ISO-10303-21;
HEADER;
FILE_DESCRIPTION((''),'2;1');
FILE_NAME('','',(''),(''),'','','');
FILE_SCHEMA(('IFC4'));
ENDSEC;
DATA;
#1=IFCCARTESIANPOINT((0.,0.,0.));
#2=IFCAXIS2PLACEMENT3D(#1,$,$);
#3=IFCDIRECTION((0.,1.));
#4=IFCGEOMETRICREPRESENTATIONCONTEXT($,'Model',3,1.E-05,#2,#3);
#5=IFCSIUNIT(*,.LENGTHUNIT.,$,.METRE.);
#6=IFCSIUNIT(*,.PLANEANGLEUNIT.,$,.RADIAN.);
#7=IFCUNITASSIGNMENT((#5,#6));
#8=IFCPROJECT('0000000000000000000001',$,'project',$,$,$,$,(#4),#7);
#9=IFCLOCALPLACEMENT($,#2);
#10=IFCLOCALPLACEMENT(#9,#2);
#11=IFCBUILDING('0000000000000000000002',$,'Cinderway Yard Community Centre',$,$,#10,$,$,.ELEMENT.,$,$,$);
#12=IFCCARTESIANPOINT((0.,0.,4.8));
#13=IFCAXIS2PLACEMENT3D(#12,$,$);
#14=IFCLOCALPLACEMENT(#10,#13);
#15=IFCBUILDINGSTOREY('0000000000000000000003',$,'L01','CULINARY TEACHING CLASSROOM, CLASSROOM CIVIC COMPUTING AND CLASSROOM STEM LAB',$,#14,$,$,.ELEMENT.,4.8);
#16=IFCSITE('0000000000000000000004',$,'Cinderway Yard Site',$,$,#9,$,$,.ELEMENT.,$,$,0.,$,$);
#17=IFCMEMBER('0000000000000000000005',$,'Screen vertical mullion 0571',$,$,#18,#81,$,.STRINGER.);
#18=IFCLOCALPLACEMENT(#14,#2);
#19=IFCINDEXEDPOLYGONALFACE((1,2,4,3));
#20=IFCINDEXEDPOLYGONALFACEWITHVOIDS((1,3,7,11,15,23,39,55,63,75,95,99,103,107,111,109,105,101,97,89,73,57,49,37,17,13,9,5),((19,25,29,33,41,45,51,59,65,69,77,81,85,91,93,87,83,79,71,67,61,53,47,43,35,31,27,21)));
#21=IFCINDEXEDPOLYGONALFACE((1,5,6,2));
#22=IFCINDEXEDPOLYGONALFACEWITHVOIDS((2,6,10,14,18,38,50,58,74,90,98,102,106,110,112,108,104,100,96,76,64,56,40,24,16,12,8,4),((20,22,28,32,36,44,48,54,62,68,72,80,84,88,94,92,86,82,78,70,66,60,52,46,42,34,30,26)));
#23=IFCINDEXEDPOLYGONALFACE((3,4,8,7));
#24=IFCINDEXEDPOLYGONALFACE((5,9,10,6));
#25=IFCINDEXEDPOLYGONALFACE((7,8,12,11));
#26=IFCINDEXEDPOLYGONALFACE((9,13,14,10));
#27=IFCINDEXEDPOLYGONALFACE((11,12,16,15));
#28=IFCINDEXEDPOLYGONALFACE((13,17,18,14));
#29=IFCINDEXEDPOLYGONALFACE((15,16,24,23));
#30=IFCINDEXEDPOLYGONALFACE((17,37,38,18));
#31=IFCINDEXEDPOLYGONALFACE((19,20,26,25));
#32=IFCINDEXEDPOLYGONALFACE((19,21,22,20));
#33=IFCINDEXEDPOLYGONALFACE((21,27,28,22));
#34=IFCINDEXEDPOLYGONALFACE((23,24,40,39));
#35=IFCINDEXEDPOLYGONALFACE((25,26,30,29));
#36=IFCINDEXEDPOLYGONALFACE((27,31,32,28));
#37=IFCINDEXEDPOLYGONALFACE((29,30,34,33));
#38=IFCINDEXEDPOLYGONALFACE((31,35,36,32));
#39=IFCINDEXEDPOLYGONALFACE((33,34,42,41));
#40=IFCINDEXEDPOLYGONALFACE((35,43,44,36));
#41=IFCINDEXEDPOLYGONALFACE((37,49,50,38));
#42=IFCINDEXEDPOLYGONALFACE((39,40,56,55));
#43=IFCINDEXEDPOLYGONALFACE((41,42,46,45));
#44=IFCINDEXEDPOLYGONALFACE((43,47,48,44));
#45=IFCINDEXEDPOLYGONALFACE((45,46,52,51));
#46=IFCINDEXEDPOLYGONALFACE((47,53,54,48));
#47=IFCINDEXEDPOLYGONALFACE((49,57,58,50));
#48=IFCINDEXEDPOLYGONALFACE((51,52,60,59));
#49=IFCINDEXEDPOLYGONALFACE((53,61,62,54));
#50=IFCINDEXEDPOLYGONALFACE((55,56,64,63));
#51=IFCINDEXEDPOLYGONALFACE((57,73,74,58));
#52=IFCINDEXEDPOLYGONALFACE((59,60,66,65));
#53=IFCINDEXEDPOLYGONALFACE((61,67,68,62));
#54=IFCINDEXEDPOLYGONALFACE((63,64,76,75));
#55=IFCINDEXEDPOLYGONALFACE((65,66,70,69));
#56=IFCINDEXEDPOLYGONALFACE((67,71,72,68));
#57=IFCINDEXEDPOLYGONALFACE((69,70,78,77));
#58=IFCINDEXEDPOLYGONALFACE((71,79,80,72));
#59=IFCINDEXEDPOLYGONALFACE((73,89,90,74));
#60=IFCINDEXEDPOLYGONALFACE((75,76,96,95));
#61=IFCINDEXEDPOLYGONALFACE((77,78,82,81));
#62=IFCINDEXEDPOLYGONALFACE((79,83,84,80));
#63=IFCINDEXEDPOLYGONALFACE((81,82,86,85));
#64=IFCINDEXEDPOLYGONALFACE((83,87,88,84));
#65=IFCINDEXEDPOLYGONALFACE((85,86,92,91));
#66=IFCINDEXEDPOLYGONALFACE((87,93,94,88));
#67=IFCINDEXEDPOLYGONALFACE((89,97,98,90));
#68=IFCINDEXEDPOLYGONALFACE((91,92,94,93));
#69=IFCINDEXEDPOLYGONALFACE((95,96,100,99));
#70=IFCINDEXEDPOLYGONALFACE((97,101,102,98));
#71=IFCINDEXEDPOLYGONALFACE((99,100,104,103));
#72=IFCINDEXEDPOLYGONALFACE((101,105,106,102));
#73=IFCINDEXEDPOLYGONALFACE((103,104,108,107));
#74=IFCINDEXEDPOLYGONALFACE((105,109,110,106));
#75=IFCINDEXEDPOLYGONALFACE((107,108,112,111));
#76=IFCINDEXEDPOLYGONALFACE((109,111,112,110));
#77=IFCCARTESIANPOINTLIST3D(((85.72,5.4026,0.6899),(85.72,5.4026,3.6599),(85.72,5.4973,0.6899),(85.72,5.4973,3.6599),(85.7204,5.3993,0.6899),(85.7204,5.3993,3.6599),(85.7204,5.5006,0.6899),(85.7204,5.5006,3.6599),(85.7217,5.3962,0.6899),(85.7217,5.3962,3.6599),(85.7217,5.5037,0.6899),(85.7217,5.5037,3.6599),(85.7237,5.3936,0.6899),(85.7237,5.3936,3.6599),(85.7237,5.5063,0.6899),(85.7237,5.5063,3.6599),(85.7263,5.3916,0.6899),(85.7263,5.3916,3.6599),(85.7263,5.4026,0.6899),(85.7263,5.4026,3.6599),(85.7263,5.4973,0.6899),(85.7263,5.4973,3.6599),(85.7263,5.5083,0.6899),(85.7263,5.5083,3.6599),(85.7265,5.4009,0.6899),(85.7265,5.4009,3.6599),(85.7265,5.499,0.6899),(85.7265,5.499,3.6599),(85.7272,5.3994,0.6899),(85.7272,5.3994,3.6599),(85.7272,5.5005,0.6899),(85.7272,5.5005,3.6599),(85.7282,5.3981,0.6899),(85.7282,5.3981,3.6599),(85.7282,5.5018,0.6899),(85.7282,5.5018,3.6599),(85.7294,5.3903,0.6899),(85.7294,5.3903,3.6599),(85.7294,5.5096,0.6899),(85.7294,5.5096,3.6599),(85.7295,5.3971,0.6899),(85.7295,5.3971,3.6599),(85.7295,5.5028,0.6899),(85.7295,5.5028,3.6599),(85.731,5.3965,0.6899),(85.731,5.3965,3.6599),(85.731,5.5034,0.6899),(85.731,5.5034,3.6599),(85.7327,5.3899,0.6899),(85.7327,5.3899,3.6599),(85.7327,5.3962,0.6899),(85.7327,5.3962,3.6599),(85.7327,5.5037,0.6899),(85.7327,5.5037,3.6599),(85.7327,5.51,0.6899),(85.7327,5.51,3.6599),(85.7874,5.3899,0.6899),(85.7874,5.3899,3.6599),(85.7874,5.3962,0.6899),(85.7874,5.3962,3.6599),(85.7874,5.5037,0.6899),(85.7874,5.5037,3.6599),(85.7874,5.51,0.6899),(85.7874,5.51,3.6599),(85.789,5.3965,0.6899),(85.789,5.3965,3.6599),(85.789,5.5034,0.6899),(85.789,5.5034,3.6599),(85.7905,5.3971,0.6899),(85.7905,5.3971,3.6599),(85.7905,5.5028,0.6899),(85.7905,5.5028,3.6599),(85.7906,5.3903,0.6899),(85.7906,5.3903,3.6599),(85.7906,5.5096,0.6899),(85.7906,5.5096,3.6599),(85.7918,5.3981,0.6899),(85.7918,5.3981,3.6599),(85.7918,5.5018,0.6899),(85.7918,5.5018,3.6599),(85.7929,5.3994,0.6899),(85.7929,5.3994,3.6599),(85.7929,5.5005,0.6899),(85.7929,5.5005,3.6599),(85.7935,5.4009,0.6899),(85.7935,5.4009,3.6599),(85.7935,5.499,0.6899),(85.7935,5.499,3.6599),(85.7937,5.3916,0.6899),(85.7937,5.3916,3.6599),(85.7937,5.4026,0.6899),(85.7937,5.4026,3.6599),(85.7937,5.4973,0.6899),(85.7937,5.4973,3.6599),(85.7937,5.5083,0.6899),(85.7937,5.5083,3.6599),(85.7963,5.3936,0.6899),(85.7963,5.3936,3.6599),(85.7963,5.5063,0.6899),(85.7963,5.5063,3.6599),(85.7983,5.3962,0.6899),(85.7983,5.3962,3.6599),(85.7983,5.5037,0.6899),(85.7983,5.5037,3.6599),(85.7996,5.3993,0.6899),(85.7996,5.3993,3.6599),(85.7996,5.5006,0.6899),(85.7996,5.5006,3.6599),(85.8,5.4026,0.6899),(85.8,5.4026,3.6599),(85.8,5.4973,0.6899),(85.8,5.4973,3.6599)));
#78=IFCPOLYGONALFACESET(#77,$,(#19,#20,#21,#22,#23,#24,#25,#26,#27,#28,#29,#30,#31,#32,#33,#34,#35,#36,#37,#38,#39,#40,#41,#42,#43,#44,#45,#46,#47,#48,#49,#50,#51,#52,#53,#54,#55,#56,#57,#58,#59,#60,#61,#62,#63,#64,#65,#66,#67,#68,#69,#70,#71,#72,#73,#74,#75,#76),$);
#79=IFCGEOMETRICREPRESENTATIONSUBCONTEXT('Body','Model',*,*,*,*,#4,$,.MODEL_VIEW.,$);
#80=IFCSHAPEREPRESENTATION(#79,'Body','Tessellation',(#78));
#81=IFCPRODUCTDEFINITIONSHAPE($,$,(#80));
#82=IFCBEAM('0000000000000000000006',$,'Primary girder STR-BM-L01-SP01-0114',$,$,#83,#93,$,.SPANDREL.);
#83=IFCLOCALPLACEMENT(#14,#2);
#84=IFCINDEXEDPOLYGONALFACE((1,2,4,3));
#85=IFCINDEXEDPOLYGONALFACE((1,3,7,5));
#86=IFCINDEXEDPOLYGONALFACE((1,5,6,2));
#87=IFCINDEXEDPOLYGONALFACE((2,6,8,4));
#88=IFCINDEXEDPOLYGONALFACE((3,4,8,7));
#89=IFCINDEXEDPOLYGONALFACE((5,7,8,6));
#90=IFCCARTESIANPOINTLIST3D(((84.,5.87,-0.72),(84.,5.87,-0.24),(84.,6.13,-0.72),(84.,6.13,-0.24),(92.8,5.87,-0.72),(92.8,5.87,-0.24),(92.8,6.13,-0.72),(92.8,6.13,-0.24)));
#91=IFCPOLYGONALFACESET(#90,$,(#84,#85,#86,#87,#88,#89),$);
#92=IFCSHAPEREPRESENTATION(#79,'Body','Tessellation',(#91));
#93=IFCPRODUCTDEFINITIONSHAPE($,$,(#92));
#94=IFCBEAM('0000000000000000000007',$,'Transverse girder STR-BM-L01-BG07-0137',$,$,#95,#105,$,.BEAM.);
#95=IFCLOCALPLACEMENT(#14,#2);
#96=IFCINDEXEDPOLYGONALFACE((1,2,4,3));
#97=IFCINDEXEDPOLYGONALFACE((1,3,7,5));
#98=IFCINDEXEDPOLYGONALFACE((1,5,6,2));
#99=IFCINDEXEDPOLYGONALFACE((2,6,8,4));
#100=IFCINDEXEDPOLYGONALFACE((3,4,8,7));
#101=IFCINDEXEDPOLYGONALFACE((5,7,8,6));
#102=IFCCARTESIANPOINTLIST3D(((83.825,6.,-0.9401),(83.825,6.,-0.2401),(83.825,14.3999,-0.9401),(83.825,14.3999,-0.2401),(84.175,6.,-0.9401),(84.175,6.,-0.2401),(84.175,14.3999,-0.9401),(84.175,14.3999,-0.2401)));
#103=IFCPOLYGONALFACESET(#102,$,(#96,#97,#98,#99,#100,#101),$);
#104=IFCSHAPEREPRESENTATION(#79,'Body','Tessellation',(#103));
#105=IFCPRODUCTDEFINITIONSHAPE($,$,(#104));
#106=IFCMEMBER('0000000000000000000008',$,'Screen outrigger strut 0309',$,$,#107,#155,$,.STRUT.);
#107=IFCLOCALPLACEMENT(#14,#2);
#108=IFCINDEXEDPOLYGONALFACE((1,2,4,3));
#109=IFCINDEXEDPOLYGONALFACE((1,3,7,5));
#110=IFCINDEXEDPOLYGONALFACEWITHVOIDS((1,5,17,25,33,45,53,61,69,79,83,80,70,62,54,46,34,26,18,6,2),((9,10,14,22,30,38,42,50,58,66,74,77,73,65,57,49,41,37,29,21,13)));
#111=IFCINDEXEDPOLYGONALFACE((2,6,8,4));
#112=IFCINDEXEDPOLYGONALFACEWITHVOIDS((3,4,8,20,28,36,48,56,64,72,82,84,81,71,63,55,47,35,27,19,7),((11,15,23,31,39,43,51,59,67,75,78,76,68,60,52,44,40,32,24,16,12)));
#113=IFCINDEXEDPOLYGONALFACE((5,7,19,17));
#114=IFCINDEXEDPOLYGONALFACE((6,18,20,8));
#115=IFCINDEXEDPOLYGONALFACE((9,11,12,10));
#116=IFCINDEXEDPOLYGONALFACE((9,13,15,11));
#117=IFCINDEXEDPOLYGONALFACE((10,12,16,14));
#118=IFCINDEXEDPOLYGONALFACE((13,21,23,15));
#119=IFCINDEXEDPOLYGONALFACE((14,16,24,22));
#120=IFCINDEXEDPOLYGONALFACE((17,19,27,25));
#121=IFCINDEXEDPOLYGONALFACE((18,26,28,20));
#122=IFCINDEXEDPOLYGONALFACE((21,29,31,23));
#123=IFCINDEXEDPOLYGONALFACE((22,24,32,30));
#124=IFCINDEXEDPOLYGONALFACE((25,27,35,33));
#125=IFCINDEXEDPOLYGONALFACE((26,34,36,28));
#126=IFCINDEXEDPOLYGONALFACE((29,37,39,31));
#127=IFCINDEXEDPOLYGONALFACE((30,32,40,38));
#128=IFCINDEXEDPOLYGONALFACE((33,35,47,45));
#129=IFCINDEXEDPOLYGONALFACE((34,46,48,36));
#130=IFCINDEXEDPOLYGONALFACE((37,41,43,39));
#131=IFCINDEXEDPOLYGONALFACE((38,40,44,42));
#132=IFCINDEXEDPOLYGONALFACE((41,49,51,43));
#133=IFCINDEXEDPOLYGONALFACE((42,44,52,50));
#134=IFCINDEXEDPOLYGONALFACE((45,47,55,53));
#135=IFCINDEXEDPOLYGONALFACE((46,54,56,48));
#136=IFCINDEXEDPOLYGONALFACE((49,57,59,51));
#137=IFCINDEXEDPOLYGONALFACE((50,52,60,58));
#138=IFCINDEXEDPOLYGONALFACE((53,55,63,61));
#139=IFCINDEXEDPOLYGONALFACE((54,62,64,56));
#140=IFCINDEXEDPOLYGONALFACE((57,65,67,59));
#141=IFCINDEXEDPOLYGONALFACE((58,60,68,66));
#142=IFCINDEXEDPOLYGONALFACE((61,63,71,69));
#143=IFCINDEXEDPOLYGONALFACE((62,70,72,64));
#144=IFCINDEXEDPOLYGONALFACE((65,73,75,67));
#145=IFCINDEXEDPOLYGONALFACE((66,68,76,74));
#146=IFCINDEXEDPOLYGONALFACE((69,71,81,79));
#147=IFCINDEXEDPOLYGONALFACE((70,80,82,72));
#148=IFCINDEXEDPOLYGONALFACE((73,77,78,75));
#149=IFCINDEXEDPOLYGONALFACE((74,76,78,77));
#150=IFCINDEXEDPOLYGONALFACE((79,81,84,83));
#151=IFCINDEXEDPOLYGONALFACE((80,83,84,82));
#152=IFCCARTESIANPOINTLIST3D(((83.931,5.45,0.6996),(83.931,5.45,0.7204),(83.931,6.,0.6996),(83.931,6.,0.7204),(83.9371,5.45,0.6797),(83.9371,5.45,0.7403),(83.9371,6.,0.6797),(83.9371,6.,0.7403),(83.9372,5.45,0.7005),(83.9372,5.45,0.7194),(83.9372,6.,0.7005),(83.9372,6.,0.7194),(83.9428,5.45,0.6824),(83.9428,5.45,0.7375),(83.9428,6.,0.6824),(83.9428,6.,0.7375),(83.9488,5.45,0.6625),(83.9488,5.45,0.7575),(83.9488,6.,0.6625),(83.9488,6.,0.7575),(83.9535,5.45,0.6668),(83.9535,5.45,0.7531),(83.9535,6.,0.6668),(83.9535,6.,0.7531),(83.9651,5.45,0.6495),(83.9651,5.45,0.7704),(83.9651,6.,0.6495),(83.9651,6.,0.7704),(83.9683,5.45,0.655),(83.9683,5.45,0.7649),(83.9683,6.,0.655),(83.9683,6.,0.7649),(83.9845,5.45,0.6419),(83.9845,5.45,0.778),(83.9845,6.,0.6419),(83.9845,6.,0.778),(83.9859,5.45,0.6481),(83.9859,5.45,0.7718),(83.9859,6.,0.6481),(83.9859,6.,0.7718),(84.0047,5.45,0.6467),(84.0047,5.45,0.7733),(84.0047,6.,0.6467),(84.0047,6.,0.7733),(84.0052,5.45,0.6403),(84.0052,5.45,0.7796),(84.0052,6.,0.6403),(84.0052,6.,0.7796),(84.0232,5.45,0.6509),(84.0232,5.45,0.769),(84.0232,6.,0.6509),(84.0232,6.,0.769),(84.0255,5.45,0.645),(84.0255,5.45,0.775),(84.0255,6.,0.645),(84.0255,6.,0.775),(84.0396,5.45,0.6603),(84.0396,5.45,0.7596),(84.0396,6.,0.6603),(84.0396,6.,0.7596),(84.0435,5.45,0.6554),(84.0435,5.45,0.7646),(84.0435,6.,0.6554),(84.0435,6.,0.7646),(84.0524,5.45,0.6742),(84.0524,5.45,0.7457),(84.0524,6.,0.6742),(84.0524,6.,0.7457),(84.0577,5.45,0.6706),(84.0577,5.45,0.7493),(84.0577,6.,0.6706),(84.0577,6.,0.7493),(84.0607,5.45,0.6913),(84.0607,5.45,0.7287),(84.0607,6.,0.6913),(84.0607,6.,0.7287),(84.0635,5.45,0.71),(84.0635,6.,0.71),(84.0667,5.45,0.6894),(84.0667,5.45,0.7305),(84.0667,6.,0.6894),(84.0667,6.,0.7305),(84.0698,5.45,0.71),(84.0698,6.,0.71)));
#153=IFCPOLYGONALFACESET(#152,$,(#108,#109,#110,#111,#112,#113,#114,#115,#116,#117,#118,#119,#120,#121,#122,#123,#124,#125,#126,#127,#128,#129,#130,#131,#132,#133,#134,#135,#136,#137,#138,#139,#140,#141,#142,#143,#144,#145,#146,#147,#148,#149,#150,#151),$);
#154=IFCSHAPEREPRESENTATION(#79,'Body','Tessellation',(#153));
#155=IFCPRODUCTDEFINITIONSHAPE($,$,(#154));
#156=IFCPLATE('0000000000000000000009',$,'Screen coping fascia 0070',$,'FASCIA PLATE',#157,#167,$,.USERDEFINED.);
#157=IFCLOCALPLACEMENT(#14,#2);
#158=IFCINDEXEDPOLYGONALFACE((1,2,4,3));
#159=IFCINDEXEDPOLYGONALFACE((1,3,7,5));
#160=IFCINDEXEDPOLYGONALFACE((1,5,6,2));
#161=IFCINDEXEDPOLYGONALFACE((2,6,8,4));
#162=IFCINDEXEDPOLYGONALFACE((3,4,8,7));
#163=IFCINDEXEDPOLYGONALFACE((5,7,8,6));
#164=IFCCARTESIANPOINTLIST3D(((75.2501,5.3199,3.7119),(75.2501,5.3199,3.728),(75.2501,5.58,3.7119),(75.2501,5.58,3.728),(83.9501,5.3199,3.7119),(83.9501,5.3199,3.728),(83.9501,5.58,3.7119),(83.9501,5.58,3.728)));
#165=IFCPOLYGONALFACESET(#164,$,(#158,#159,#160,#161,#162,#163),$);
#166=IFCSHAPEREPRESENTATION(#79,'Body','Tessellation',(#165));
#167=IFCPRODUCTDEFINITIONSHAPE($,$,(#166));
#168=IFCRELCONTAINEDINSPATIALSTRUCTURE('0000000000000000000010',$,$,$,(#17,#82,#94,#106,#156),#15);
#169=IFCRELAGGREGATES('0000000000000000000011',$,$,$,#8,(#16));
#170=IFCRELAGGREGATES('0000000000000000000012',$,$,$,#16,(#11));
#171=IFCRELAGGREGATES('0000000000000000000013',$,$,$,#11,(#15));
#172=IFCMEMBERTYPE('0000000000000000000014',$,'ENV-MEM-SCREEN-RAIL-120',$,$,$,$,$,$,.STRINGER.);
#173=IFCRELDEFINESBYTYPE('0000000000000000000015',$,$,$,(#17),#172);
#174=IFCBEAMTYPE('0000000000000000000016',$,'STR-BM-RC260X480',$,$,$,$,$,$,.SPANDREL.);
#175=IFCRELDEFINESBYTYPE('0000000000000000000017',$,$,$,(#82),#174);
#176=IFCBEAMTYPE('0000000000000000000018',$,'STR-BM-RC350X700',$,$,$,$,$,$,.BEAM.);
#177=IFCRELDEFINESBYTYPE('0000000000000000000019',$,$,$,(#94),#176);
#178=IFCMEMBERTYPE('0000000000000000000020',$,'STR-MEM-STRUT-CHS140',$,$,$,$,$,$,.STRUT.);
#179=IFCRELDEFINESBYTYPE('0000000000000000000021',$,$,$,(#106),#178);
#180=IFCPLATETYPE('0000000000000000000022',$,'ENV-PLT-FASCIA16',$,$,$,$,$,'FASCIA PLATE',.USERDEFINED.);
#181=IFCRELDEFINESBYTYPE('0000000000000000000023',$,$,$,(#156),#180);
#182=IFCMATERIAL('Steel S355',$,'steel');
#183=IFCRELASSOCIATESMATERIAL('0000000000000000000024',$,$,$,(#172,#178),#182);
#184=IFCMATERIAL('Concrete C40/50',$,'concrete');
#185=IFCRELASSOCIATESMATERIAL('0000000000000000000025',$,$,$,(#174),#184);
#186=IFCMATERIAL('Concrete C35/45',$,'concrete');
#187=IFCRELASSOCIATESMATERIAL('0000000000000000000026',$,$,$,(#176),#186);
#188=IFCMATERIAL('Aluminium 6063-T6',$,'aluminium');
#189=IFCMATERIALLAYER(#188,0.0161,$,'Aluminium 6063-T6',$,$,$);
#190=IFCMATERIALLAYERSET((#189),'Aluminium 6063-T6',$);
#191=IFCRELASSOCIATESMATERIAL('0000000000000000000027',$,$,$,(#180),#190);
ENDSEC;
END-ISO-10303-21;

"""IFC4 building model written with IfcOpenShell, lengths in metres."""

from ifc_helpers import new_model, si_unit, direction, frame, origin, origin_2d, place, context, subcontext, project, spatial, rectangle, hollow_rectangle, hollow_circle, extrude, material, layer, layer_set, material_profile, profile_set, type_object, element, save


model = new_model("IFC4")

# Units and contexts
model_context = context("Model", 3, precision=1e-05, world=origin(), true_north=direction((0.0, 1.0)))
body_context = subcontext(model_context, "Body", "Model", "MODEL_VIEW")
ifc_project = project(units=[si_unit("LENGTHUNIT", "METRE"), si_unit("PLANEANGLEUNIT", "RADIAN")], contexts=[model_context])

# Site, building, storey
site_placement = place(None, origin())
site = spatial("IfcSite", under=ifc_project, at=site_placement, Name="Cinderway Yard Site", CompositionType="ELEMENT", RefElevation=0.0)
building_placement = place(site_placement, origin())
building = spatial("IfcBuilding", under=site, at=building_placement, Name="Cinderway Yard Community Centre", CompositionType="ELEMENT")
storey_placement = place(building_placement, frame((0.0, 0.0, 4.8)))
storey = spatial("IfcBuildingStorey", under=building, at=storey_placement, Name="L01", Description="CULINARY TEACHING CLASSROOM, CLASSROOM CIVIC COMPUTING AND CLASSROOM STEM LAB", CompositionType="ELEMENT", Elevation=4.8)

# Shared definitions
ifc_material_1 = material(Name="Concrete C40/50", Category="concrete")

# Member
ifc_material_2 = material(Name="Steel S355", Category="steel")
ifc_material_profile_1 = material_profile(ifc_material_2, hollow_rectangle(XDim=0.0801, YDim=0.1201, WallThickness=0.0063, InnerFilletRadius=0.0063, OuterFilletRadius=0.0127, at=origin_2d()), Name="Steel S355")
ifc_profile_set_1 = profile_set([ifc_material_profile_1], Name="Steel S355")
member_type_1 = type_object("IfcMemberType", Name="ENV-MEM-SCREEN-RAIL-120", PredefinedType="STRINGER", material=ifc_profile_set_1)
member_1_placement = place(storey_placement, frame((85.76, 5.45, 0.6899), z_axis=(0.0, 0.0, 1.0), x_axis=(1.0, 0.0, 0.0)))
element("IfcMember", 1, at=member_1_placement, inside=storey, type_object=member_type_1, Name="Screen vertical mullion 0571", PredefinedType="STRINGER", context=body_context, shape_type="SweptSolid", body=[
    extrude(hollow_rectangle(XDim=0.0801, YDim=0.1201, WallThickness=0.0063, InnerFilletRadius=0.0063, OuterFilletRadius=0.0127, at=origin_2d()), origin(), (0.0, 0.0, 1.0), 2.97),
])

# Beams
ifc_material_profile_2 = material_profile(ifc_material_1, rectangle(XDim=0.26, YDim=0.48, at=origin_2d()), Name="Concrete C40/50")
ifc_profile_set_2 = profile_set([ifc_material_profile_2], Name="Concrete C40/50")
beam_type_1 = type_object("IfcBeamType", Name="STR-BM-RC260X480", PredefinedType="SPANDREL", material=ifc_profile_set_2)
beam_1_placement = place(storey_placement, frame((84.0, 6.0, -0.48), z_axis=(1.0, 0.0, 0.0), x_axis=(0.0, 1.0, 0.0)))
element("IfcBeam", 2, at=beam_1_placement, inside=storey, type_object=beam_type_1, Name="Primary girder STR-BM-L01-SP01-0114", PredefinedType="SPANDREL", context=body_context, shape_type="SweptSolid", body=[
    extrude(rectangle(XDim=0.26, YDim=0.48, at=origin_2d()), origin(), (0.0, 0.0, 1.0), 8.8),
])
ifc_material_3 = material(Name="Concrete C35/45", Category="concrete")
ifc_material_profile_3 = material_profile(ifc_material_3, rectangle(XDim=0.3501, YDim=0.7, at=origin_2d()), Name="Concrete C35/45")
ifc_profile_set_3 = profile_set([ifc_material_profile_3], Name="Concrete C35/45")
beam_type_2 = type_object("IfcBeamType", Name="STR-BM-RC350X700", PredefinedType="BEAM", material=ifc_profile_set_3)
beam_2_placement = place(storey_placement, frame((84.0, 6.0, -0.5901), z_axis=(0.0, 1.0, 0.0), x_axis=(-1.0, 0.0, 0.0)))
element("IfcBeam", 3, at=beam_2_placement, inside=storey, type_object=beam_type_2, Name="Transverse girder STR-BM-L01-BG07-0137", PredefinedType="BEAM", context=body_context, shape_type="SweptSolid", body=[
    extrude(rectangle(XDim=0.3501, YDim=0.7, at=origin_2d()), origin(), (0.0, 0.0, 1.0), 8.3999),
])

# Member
ifc_material_profile_4 = material_profile(ifc_material_2, hollow_circle(Radius=0.0698, WallThickness=0.0063, at=origin_2d()), Name="Steel S355")
ifc_profile_set_4 = profile_set([ifc_material_profile_4], Name="Steel S355")
member_type_2 = type_object("IfcMemberType", Name="STR-MEM-STRUT-CHS140", PredefinedType="STRUT", material=ifc_profile_set_4)
member_2_placement = place(storey_placement, frame((84.0, 6.0, 0.71), z_axis=(0.0, -1.0, 0.0), x_axis=(1.0, 0.0, 0.0)))
element("IfcMember", 4, at=member_2_placement, inside=storey, type_object=member_type_2, Name="Screen outrigger strut 0309", PredefinedType="STRUT", context=body_context, shape_type="SweptSolid", body=[
    extrude(hollow_circle(Radius=0.0698, WallThickness=0.0063, at=origin_2d()), origin(), (0.0, 0.0, 1.0), 0.55),
])

# Plate
ifc_material_4 = material(Name="Aluminium 6063-T6", Category="aluminium")
ifc_layer_1 = layer(ifc_material_4, 0.0161, Name="Aluminium 6063-T6")
ifc_layer_set_1 = layer_set([ifc_layer_1], Name="Aluminium 6063-T6")
plate_type = type_object("IfcPlateType", Name="ENV-PLT-FASCIA16", ElementType="FASCIA PLATE", PredefinedType="USERDEFINED", material=ifc_layer_set_1)
plate_placement = place(storey_placement, frame((79.6001, 5.45, 3.7119), z_axis=(0.0, 0.0, 1.0), x_axis=(-1.0, 0.0, 0.0)))
element("IfcPlate", 5, at=plate_placement, inside=storey, type_object=plate_type, Name="Screen coping fascia 0070", ObjectType="FASCIA PLATE", PredefinedType="USERDEFINED", context=body_context, shape_type="SweptSolid", body=[
    extrude(rectangle(XDim=8.7, YDim=0.26, at=origin_2d()), origin(), (0.0, 0.0, 1.0), 0.0161),
])

save(model, "model.ifc")
